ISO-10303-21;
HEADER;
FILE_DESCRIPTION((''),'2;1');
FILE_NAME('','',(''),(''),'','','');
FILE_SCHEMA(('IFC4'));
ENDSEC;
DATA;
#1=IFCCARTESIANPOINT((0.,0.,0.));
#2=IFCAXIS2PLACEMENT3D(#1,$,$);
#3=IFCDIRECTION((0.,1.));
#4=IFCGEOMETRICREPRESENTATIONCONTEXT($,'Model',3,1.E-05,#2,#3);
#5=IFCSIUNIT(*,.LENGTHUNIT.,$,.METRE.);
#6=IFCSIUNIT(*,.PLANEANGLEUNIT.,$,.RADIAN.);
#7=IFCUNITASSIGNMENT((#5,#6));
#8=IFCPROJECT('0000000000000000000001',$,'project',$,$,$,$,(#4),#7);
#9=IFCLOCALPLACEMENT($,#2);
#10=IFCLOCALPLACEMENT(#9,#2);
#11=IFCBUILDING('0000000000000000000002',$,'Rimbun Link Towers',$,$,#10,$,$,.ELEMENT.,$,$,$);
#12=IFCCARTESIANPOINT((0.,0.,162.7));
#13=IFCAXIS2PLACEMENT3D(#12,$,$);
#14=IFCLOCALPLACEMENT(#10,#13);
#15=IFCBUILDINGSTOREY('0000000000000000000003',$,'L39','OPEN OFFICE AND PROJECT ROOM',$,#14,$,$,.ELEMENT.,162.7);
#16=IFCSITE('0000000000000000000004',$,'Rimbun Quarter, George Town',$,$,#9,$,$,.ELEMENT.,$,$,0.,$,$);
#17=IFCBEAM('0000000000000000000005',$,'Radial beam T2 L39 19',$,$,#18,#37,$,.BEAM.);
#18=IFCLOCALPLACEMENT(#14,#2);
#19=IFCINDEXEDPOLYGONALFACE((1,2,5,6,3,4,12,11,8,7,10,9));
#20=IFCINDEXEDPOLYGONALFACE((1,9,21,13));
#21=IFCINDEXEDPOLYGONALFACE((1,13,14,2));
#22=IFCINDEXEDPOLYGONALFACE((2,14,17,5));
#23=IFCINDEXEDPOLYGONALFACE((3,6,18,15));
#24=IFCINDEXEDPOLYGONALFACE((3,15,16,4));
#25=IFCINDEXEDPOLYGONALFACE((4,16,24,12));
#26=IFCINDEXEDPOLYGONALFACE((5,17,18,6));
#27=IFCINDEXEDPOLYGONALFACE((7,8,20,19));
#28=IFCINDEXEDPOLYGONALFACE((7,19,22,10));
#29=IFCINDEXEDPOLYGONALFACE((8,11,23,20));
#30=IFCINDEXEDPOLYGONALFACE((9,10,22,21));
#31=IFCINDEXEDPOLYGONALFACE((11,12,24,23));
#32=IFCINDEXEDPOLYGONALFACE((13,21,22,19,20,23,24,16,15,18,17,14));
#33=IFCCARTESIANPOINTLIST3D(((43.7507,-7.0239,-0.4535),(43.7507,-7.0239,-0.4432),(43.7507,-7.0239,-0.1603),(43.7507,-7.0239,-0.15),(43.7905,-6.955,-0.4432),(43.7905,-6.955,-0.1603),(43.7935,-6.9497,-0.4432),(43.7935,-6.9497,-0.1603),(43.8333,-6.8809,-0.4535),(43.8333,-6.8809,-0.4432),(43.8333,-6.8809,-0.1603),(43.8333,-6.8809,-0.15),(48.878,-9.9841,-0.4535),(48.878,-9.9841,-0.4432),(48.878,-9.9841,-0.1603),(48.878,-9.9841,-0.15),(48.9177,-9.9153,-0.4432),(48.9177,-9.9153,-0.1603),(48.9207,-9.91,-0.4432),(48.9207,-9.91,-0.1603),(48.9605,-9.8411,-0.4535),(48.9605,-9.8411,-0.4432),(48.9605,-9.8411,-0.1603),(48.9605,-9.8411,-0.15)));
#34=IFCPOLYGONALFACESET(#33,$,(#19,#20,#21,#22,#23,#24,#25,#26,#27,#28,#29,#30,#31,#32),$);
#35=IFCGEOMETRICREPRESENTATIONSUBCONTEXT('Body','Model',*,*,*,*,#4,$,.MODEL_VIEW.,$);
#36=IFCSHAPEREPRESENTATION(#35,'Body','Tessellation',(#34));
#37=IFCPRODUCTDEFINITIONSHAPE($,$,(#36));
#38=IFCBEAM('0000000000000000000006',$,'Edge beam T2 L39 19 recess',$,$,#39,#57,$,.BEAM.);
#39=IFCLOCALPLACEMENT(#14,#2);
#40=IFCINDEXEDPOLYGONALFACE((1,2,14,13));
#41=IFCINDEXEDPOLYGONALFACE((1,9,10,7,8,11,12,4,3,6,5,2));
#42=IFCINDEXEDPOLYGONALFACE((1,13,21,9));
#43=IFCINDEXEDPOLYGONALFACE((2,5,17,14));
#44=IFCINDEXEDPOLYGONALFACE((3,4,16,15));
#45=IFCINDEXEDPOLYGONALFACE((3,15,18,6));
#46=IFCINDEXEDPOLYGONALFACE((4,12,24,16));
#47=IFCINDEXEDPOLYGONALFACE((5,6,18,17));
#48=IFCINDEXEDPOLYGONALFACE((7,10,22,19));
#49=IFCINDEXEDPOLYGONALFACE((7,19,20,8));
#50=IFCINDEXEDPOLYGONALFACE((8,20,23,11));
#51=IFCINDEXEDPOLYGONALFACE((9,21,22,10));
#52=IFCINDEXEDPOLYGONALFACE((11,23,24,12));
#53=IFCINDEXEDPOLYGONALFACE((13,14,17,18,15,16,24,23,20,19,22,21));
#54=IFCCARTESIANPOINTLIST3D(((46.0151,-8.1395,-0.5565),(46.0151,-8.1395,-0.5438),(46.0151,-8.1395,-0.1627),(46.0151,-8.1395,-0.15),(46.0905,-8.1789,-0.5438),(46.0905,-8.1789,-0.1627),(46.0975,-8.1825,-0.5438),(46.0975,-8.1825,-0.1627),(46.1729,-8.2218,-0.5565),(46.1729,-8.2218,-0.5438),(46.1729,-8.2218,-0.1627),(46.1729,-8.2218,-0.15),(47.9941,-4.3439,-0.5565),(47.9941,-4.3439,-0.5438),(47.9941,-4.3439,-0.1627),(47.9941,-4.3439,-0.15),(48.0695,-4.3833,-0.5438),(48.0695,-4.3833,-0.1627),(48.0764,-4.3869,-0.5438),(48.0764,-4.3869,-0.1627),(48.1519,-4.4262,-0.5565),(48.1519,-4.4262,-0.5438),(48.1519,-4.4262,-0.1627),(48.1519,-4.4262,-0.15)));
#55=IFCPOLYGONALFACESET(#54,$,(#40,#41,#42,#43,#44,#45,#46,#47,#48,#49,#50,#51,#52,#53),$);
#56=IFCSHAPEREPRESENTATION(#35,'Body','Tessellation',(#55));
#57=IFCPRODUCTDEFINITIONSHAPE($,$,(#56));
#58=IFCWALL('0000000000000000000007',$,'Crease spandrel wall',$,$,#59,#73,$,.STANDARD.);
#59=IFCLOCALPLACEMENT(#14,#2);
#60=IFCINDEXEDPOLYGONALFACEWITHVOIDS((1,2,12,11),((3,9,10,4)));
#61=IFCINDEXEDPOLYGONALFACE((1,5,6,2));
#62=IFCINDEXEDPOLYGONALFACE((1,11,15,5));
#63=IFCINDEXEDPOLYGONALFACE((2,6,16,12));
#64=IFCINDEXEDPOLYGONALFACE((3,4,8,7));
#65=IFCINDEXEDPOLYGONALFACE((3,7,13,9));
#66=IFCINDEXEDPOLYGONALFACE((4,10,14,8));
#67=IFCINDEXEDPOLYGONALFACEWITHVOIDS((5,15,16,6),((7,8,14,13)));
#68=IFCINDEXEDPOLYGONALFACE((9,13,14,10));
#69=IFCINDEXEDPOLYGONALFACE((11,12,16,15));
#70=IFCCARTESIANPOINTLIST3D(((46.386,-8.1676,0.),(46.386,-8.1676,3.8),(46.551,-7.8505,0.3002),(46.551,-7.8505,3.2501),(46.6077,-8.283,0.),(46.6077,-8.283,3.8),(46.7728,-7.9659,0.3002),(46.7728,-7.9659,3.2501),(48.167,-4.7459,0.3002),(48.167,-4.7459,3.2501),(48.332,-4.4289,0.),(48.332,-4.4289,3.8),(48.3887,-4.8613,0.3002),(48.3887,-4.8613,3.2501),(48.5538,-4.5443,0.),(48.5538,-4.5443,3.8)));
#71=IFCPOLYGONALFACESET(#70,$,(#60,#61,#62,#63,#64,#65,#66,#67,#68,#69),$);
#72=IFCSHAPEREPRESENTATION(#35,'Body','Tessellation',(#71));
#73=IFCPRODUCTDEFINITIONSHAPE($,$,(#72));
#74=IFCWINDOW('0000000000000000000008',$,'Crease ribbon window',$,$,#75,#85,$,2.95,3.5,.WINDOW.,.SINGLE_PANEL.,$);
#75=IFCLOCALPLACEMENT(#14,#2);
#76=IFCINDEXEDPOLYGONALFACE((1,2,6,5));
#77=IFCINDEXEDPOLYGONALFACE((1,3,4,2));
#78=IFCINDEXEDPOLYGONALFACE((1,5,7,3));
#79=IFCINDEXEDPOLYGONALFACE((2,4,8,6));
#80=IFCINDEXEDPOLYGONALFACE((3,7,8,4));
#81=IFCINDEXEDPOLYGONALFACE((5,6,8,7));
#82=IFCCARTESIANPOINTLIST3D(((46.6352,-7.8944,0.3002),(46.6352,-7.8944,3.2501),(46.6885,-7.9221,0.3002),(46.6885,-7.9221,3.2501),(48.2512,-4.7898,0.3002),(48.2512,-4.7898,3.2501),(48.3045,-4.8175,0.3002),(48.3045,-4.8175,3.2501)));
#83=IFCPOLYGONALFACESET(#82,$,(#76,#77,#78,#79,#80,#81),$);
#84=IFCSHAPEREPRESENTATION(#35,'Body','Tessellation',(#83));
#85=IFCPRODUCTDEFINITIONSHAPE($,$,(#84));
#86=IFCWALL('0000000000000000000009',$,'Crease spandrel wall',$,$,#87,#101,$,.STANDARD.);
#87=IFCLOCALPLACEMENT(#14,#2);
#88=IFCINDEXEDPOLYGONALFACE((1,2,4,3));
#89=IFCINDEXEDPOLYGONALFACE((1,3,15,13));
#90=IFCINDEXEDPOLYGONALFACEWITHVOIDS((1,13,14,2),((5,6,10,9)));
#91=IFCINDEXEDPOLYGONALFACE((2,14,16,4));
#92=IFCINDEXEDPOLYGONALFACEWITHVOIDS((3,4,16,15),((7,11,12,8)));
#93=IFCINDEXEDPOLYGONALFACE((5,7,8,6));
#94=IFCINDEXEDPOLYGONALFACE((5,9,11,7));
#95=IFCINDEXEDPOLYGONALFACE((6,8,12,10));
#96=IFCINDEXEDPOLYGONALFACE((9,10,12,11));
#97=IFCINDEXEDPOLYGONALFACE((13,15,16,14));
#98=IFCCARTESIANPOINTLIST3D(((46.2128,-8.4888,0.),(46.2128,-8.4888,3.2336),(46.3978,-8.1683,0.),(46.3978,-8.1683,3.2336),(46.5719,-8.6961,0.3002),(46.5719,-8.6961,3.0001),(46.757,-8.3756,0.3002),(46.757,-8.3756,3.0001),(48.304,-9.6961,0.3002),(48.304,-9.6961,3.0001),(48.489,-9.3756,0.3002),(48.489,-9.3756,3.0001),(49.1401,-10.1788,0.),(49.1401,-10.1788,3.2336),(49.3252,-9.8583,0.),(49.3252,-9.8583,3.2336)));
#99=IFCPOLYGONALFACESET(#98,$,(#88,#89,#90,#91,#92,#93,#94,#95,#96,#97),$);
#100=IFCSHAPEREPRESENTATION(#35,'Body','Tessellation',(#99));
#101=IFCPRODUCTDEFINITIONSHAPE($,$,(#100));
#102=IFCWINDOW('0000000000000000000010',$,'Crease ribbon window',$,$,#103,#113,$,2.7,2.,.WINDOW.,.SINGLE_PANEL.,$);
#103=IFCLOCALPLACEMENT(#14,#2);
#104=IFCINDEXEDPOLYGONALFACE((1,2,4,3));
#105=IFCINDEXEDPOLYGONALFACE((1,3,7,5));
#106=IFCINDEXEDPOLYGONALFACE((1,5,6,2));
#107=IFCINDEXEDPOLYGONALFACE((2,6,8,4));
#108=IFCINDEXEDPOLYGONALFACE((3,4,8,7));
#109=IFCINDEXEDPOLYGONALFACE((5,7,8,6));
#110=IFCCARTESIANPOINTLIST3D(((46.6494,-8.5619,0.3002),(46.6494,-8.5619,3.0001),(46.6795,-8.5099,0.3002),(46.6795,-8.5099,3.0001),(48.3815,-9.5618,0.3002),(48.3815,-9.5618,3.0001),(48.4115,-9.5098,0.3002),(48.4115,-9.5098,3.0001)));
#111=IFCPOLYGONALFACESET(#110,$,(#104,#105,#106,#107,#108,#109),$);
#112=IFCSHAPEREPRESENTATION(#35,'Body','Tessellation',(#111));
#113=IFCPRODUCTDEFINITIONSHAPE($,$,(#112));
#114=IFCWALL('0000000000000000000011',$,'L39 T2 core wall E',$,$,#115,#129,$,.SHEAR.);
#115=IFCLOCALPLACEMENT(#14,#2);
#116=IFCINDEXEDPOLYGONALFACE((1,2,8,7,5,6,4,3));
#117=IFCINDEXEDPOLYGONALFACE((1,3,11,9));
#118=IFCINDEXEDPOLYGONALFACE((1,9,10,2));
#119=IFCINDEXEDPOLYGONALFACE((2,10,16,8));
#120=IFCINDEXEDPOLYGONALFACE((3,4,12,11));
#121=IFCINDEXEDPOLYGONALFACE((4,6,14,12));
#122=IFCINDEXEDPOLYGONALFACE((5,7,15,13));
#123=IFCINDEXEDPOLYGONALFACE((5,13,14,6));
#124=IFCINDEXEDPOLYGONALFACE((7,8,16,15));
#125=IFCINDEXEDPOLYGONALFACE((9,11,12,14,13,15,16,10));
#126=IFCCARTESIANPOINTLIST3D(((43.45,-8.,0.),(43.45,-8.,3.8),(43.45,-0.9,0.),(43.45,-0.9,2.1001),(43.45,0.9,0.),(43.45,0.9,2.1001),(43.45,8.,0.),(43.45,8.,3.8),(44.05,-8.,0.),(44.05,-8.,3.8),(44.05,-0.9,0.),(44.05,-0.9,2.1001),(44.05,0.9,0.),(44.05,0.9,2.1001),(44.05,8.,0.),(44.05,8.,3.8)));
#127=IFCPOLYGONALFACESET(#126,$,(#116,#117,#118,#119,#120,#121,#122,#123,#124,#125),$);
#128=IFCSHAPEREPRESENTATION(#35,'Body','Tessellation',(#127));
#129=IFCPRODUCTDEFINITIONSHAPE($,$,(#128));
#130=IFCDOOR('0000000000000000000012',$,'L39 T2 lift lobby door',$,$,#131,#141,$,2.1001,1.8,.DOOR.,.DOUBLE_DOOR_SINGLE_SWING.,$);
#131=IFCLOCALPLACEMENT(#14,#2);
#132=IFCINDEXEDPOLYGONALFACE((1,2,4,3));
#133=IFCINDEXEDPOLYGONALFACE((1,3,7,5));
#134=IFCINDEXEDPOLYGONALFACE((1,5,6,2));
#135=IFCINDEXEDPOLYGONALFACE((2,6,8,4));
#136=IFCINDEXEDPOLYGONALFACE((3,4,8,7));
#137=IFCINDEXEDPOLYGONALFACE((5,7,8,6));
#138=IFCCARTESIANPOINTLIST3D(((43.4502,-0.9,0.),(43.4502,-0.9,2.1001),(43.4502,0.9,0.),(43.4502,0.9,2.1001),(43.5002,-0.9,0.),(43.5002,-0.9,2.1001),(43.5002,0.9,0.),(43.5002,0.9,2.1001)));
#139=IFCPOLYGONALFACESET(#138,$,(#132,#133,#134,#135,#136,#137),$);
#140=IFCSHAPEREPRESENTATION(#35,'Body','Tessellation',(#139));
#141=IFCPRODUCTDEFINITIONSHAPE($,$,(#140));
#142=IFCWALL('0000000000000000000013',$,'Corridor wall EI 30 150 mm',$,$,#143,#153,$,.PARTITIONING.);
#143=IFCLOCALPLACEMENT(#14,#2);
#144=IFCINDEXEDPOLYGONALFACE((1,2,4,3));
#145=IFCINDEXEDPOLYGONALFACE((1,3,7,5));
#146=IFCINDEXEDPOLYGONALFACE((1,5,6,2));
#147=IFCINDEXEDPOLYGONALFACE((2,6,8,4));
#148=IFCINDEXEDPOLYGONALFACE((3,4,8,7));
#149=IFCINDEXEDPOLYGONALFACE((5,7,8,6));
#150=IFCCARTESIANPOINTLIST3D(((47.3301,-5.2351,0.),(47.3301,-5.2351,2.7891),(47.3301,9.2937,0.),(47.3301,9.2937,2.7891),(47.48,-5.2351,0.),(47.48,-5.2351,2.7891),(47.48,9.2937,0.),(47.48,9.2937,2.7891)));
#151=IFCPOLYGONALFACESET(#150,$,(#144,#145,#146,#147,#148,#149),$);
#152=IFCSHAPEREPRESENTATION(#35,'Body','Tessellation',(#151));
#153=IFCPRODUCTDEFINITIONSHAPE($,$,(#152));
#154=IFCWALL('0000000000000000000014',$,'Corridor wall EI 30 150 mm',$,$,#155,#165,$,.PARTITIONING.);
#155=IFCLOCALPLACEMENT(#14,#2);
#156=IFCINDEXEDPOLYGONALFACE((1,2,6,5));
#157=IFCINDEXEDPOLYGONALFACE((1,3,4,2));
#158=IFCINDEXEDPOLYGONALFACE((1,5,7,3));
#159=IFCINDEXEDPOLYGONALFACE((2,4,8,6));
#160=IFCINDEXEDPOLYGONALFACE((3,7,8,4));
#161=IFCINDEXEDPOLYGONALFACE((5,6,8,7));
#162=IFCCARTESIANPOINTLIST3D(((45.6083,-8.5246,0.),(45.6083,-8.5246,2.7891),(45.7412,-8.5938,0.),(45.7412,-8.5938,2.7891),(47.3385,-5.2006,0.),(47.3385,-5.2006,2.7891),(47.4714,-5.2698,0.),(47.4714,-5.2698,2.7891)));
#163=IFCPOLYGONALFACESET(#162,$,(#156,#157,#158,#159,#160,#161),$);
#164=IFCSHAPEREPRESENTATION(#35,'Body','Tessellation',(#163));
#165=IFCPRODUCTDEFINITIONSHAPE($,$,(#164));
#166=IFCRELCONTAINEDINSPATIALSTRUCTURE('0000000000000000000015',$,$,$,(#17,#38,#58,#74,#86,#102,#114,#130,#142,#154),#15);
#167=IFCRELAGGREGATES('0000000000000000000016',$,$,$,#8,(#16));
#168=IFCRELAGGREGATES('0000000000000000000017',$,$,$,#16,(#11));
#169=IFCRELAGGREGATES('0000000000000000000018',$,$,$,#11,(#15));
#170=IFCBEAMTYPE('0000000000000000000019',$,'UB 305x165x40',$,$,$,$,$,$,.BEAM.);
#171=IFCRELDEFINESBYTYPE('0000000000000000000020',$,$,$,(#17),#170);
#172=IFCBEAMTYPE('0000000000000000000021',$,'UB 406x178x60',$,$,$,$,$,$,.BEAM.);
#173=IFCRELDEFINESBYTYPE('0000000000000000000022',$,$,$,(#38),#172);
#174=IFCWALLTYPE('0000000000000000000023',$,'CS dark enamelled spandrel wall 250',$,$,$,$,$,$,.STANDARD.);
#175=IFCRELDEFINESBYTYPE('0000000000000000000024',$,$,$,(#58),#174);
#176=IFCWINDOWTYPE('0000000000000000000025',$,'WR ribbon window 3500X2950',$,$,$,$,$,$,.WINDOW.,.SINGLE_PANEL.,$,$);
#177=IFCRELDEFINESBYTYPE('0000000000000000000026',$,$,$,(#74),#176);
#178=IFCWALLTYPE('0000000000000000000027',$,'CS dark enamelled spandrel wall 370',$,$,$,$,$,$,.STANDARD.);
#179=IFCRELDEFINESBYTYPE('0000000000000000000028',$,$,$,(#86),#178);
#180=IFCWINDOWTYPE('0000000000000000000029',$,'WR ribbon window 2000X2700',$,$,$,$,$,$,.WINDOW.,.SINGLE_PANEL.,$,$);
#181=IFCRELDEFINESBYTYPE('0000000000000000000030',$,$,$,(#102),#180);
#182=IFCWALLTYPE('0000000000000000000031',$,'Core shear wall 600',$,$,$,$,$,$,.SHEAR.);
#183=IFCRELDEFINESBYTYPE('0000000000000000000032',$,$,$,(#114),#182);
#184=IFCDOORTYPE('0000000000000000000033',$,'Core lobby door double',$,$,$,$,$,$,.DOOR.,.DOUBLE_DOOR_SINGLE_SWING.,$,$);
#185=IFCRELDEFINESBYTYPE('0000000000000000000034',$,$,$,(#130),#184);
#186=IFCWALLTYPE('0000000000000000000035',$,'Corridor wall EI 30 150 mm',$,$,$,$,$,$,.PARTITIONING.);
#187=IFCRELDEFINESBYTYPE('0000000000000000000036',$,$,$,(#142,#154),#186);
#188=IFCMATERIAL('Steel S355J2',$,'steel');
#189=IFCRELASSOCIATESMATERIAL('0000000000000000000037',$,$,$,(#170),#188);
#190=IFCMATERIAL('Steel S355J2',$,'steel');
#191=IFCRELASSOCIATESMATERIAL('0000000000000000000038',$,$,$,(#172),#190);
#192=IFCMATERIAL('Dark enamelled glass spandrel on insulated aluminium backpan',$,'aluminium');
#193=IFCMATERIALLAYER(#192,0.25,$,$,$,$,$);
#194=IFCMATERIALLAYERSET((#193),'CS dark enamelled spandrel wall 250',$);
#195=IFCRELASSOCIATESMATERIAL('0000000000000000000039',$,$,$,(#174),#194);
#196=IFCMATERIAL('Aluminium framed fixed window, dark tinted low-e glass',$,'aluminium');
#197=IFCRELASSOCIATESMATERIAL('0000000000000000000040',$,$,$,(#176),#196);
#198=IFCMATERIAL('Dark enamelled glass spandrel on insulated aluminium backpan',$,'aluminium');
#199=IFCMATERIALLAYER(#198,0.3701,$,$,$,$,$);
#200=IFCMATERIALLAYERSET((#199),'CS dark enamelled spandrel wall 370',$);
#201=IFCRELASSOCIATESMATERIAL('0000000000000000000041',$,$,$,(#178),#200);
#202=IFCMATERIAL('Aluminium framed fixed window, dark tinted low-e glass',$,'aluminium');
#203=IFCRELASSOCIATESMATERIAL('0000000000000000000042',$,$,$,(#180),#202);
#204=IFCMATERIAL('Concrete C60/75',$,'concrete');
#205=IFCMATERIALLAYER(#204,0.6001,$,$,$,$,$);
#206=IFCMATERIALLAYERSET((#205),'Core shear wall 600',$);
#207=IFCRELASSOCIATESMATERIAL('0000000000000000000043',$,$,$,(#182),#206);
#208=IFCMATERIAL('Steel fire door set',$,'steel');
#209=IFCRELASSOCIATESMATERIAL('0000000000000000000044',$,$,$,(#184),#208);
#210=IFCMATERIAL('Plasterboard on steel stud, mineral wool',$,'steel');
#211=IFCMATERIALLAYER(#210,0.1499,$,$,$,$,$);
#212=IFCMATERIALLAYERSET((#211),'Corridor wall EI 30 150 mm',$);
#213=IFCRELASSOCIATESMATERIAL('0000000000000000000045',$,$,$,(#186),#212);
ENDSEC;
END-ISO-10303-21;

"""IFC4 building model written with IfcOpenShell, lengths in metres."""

from ifc_helpers import new_model, si_unit, direction, frame, frame_2d, origin, origin_2d, place, context, subcontext, project, spatial, rectangle, i_section, extrude, material, layer, layer_set, material_profile, profile_set, type_object, element, fill, save


model = new_model("IFC4")

# Units and contexts
model_context = context("Model", 3, precision=1e-05, world=origin(), true_north=direction((0.0, 1.0)))
body_context = subcontext(model_context, "Body", "Model", "MODEL_VIEW")
ifc_project = project(units=[si_unit("LENGTHUNIT", "METRE"), si_unit("PLANEANGLEUNIT", "RADIAN")], contexts=[model_context])

# Site, building, storey
site_placement = place(None, origin())
site = spatial("IfcSite", under=ifc_project, at=site_placement, Name="Rimbun Quarter, George Town", CompositionType="ELEMENT", RefElevation=0.0)
building_placement = place(site_placement, origin())
building = spatial("IfcBuilding", under=site, at=building_placement, Name="Rimbun Link Towers", CompositionType="ELEMENT")
storey_placement = place(building_placement, frame((0.0, 0.0, 162.7)))
storey = spatial("IfcBuildingStorey", under=building, at=storey_placement, Name="L39", Description="OPEN OFFICE AND PROJECT ROOM", CompositionType="ELEMENT", Elevation=162.7)

# Beams
ifc_material_1 = material(Name="Steel S355J2", Category="steel")
ifc_material_profile_1 = material_profile(ifc_material_1, i_section(OverallWidth=0.165, OverallDepth=0.3035, WebThickness=0.0061, FlangeThickness=0.0103, at=origin_2d()), Name="UB 305x165x40")
ifc_profile_set_1 = profile_set([ifc_material_profile_1], Name="Steel S355J2")
beam_type_1 = type_object("IfcBeamType", Name="UB 305x165x40", PredefinedType="BEAM", material=ifc_profile_set_1)
beam_1_placement = place(storey_placement, frame((43.792, -6.9524, -0.3018), z_axis=(0.866024, -0.500002, 0.0), x_axis=(0.500002, 0.866024, 0.0)))
element("IfcBeam", 1, at=beam_1_placement, inside=storey, type_object=beam_type_1, Name="Radial beam T2 L39 19", PredefinedType="BEAM", context=body_context, shape_type="SweptSolid", body=[
    extrude(i_section(OverallWidth=0.165, OverallDepth=0.3035, WebThickness=0.0061, FlangeThickness=0.0103, at=origin_2d()), origin(), (0.0, 0.0, 1.0), 5.9204),
])
ifc_material_2 = material(Name="Steel S355J2", Category="steel")
ifc_material_profile_2 = material_profile(ifc_material_2, i_section(OverallWidth=0.178, OverallDepth=0.4065, WebThickness=0.0078, FlangeThickness=0.0127, at=origin_2d()), Name="UB 406x178x60")
ifc_profile_set_2 = profile_set([ifc_material_profile_2], Name="Steel S355J2")
beam_type_2 = type_object("IfcBeamType", Name="UB 406x178x60", PredefinedType="BEAM", material=ifc_profile_set_2)
beam_2_placement = place(storey_placement, frame((46.094, -8.1807, -0.3533), z_axis=(0.46232, 0.886713, 0.0), x_axis=(-0.886713, 0.46232, 0.0)))
element("IfcBeam", 2, at=beam_2_placement, inside=storey, type_object=beam_type_2, Name="Edge beam T2 L39 19 recess", PredefinedType="BEAM", context=body_context, shape_type="SweptSolid", body=[
    extrude(i_section(OverallWidth=0.178, OverallDepth=0.4065, WebThickness=0.0078, FlangeThickness=0.0127, at=origin_2d()), origin(), (0.0, 0.0, 1.0), 4.2805),
])

# Walls, openings, windows
ifc_material_3 = material(Name="Dark enamelled glass spandrel on insulated aluminium backpan", Category="aluminium")
ifc_layer_1 = layer(ifc_material_3, 0.25)
ifc_layer_set_1 = layer_set([ifc_layer_1], Name="CS dark enamelled spandrel wall 250")
wall_type_1 = type_object("IfcWallType", Name="CS dark enamelled spandrel wall 250", PredefinedType="STANDARD", material=ifc_layer_set_1)
wall_1_placement = place(storey_placement, frame((48.4429, -4.4866, 0.0), z_axis=(0.0, 0.0, 1.0), x_axis=(-0.461705, -0.887034, 0.0)))
wall_1 = element("IfcWall", 3, at=wall_1_placement, inside=storey, type_object=wall_type_1, Name="Crease spandrel wall", PredefinedType="STANDARD", context=body_context, shape_type="SweptSolid", body=[
    extrude(rectangle(XDim=4.2148, YDim=0.25, at=frame_2d((2.1074, 0.0))), origin(), (0.0, 0.0, 1.0), 3.8),
])
opening_1_placement = place(wall_1_placement, frame((0.3574, 0.0, 0.3)))
opening_1 = element("IfcOpeningElement", 4, at=opening_1_placement, cuts=wall_1, PredefinedType="OPENING", context=body_context, shape_type="SweptSolid", body=[
    extrude(rectangle(XDim=3.5, YDim=2.95, at=frame_2d((1.75, 1.4751))), frame((0.0, 0.135, 0.0), z_axis=(0.0, -1.0, 0.0), x_axis=(1.0, 0.0, 0.0)), (0.0, 0.0, 1.0), 0.27),
])
ifc_material_4 = material(Name="Aluminium framed fixed window, dark tinted low-e glass", Category="aluminium")
window_type_1 = type_object("IfcWindowType", Name="WR ribbon window 3500X2950", PartitioningType="SINGLE_PANEL", PredefinedType="WINDOW", material=ifc_material_4)
window_1_placement = place(opening_1_placement, origin())
window_1 = element("IfcWindow", 5, at=window_1_placement, inside=storey, type_object=window_type_1, Name="Crease ribbon window", OverallHeight=2.95, OverallWidth=3.5, PartitioningType="SINGLE_PANEL", PredefinedType="WINDOW", context=body_context, shape_type="SweptSolid", body=[
    extrude(rectangle(XDim=3.5, YDim=2.95, at=frame_2d((1.75, 1.4751))), frame((0.0, 0.03, 0.0), z_axis=(0.0, -1.0, 0.0), x_axis=(1.0, 0.0, 0.0)), (0.0, 0.0, 1.0), 0.0601),
])
fill(opening_1, window_1)
ifc_material_5 = material(Name="Dark enamelled glass spandrel on insulated aluminium backpan", Category="aluminium")
ifc_layer_2 = layer(ifc_material_5, 0.3701)
ifc_layer_set_2 = layer_set([ifc_layer_2], Name="CS dark enamelled spandrel wall 370")
wall_type_2 = type_object("IfcWallType", Name="CS dark enamelled spandrel wall 370", PredefinedType="STANDARD", material=ifc_layer_set_2)
wall_2_placement = place(storey_placement, frame((46.3054, -8.3286, 0.0), z_axis=(0.0, 0.0, 1.0), x_axis=(0.866039, -0.499977, 0.0)))
wall_2 = element("IfcWall", 6, at=wall_2_placement, inside=storey, type_object=wall_type_2, Name="Crease spandrel wall", PredefinedType="STANDARD", context=body_context, shape_type="SweptSolid", body=[
    extrude(rectangle(XDim=3.3801, YDim=0.3701, at=frame_2d((1.6899, 0.0))), origin(), (0.0, 0.0, 1.0), 3.2336),
])
opening_2_placement = place(wall_2_placement, frame((0.4146, 0.0, 0.3)))
opening_2 = element("IfcOpeningElement", 7, at=opening_2_placement, cuts=wall_2, PredefinedType="OPENING", context=body_context, shape_type="SweptSolid", body=[
    extrude(rectangle(XDim=2.0, YDim=2.7, at=frame_2d((1.0, 1.3501))), frame((0.0, 0.1951, 0.0), z_axis=(0.0, -1.0, 0.0), x_axis=(1.0, 0.0, 0.0)), (0.0, 0.0, 1.0), 0.3901),
])
ifc_material_6 = material(Name="Aluminium framed fixed window, dark tinted low-e glass", Category="aluminium")
window_type_2 = type_object("IfcWindowType", Name="WR ribbon window 2000X2700", PartitioningType="SINGLE_PANEL", PredefinedType="WINDOW", material=ifc_material_6)
window_2_placement = place(opening_2_placement, origin())
window_2 = element("IfcWindow", 8, at=window_2_placement, inside=storey, type_object=window_type_2, Name="Crease ribbon window", OverallHeight=2.7, OverallWidth=2.0, PartitioningType="SINGLE_PANEL", PredefinedType="WINDOW", context=body_context, shape_type="SweptSolid", body=[
    extrude(rectangle(XDim=2.0, YDim=2.7, at=frame_2d((1.0, 1.3501))), frame((0.0, 0.03, 0.0), z_axis=(0.0, -1.0, 0.0), x_axis=(1.0, 0.0, 0.0)), (0.0, 0.0, 1.0), 0.0601),
])
fill(opening_2, window_2)

# Wall, opening, door
ifc_material_7 = material(Name="Concrete C60/75", Category="concrete")
ifc_layer_3 = layer(ifc_material_7, 0.6001)
ifc_layer_set_3 = layer_set([ifc_layer_3], Name="Core shear wall 600")
wall_type_3 = type_object("IfcWallType", Name="Core shear wall 600", PredefinedType="SHEAR", material=ifc_layer_set_3)
wall_3_placement = place(storey_placement, frame((43.75, -8.0, 0.0), z_axis=(0.0, 0.0, 1.0), x_axis=(0.0, 1.0, 0.0)))
wall_3 = element("IfcWall", 9, at=wall_3_placement, inside=storey, type_object=wall_type_3, Name="L39 T2 core wall E", PredefinedType="SHEAR", context=body_context, shape_type="SweptSolid", body=[
    extrude(rectangle(XDim=16.0, YDim=0.6001, at=frame_2d((8.0, 0.0))), origin(), (0.0, 0.0, 1.0), 3.8),
])
opening_3_placement = place(wall_3_placement, frame((7.1001, 0.0, 0.0)))
opening_3 = element("IfcOpeningElement", 10, at=opening_3_placement, cuts=wall_3, PredefinedType="OPENING", context=body_context, shape_type="SweptSolid", body=[
    extrude(rectangle(XDim=1.8, YDim=2.1001, at=frame_2d((0.8999, 1.05))), frame((0.0, 0.3101, 0.0), z_axis=(0.0, -1.0, 0.0), x_axis=(1.0, 0.0, 0.0)), (0.0, 0.0, 1.0), 0.6201),
])
ifc_material_8 = material(Name="Steel fire door set", Category="steel")
door_type_1 = type_object("IfcDoorType", Name="Core lobby door double", OperationType="DOUBLE_DOOR_SINGLE_SWING", PredefinedType="DOOR", material=ifc_material_8)
door_1_placement = place(opening_3_placement, origin())
door_1 = element("IfcDoor", 11, at=door_1_placement, inside=storey, type_object=door_type_1, Name="L39 T2 lift lobby door", OperationType="DOUBLE_DOOR_SINGLE_SWING", OverallHeight=2.1001, OverallWidth=1.8, PredefinedType="DOOR", context=body_context, shape_type="SweptSolid", body=[
    extrude(rectangle(XDim=1.8, YDim=2.1001, at=frame_2d((0.8999, 1.05))), frame((0.0, 0.2998, 0.0), z_axis=(0.0, -1.0, 0.0), x_axis=(1.0, 0.0, 0.0)), (0.0, 0.0, 1.0), 0.05),
])
fill(opening_3, door_1)

# Walls
ifc_material_9 = material(Name="Plasterboard on steel stud, mineral wool", Category="steel")
ifc_layer_4 = layer(ifc_material_9, 0.1499)
ifc_layer_set_4 = layer_set([ifc_layer_4], Name="Corridor wall EI 30 150 mm")
wall_type_4 = type_object("IfcWallType", Name="Corridor wall EI 30 150 mm", PredefinedType="PARTITIONING", material=ifc_layer_set_4)
wall_4_placement = place(storey_placement, frame((47.405, -5.2351, 0.0), z_axis=(0.0, 0.0, 1.0), x_axis=(0.0, 1.0, 0.0)))
element("IfcWall", 12, at=wall_4_placement, inside=storey, type_object=wall_type_4, Name="Corridor wall EI 30 150 mm", PredefinedType="PARTITIONING", context=body_context, shape_type="SweptSolid", body=[
    extrude(rectangle(XDim=14.5288, YDim=0.1499, at=frame_2d((7.2644, 0.0))), origin(), (0.0, 0.0, 1.0), 2.7891),
])
wall_5_placement = place(storey_placement, frame((45.6748, -8.5591, 0.0), z_axis=(0.0, 0.0, 1.0), x_axis=(0.461722, 0.887025, 0.0)))
element("IfcWall", 13, at=wall_5_placement, inside=storey, type_object=wall_type_4, Name="Corridor wall EI 30 150 mm", PredefinedType="PARTITIONING", context=body_context, shape_type="SweptSolid", body=[
    extrude(rectangle(XDim=3.7473, YDim=0.1499, at=frame_2d((1.8735, 0.0))), origin(), (0.0, 0.0, 1.0), 2.7891),
])

save(model, "model.ifc")
